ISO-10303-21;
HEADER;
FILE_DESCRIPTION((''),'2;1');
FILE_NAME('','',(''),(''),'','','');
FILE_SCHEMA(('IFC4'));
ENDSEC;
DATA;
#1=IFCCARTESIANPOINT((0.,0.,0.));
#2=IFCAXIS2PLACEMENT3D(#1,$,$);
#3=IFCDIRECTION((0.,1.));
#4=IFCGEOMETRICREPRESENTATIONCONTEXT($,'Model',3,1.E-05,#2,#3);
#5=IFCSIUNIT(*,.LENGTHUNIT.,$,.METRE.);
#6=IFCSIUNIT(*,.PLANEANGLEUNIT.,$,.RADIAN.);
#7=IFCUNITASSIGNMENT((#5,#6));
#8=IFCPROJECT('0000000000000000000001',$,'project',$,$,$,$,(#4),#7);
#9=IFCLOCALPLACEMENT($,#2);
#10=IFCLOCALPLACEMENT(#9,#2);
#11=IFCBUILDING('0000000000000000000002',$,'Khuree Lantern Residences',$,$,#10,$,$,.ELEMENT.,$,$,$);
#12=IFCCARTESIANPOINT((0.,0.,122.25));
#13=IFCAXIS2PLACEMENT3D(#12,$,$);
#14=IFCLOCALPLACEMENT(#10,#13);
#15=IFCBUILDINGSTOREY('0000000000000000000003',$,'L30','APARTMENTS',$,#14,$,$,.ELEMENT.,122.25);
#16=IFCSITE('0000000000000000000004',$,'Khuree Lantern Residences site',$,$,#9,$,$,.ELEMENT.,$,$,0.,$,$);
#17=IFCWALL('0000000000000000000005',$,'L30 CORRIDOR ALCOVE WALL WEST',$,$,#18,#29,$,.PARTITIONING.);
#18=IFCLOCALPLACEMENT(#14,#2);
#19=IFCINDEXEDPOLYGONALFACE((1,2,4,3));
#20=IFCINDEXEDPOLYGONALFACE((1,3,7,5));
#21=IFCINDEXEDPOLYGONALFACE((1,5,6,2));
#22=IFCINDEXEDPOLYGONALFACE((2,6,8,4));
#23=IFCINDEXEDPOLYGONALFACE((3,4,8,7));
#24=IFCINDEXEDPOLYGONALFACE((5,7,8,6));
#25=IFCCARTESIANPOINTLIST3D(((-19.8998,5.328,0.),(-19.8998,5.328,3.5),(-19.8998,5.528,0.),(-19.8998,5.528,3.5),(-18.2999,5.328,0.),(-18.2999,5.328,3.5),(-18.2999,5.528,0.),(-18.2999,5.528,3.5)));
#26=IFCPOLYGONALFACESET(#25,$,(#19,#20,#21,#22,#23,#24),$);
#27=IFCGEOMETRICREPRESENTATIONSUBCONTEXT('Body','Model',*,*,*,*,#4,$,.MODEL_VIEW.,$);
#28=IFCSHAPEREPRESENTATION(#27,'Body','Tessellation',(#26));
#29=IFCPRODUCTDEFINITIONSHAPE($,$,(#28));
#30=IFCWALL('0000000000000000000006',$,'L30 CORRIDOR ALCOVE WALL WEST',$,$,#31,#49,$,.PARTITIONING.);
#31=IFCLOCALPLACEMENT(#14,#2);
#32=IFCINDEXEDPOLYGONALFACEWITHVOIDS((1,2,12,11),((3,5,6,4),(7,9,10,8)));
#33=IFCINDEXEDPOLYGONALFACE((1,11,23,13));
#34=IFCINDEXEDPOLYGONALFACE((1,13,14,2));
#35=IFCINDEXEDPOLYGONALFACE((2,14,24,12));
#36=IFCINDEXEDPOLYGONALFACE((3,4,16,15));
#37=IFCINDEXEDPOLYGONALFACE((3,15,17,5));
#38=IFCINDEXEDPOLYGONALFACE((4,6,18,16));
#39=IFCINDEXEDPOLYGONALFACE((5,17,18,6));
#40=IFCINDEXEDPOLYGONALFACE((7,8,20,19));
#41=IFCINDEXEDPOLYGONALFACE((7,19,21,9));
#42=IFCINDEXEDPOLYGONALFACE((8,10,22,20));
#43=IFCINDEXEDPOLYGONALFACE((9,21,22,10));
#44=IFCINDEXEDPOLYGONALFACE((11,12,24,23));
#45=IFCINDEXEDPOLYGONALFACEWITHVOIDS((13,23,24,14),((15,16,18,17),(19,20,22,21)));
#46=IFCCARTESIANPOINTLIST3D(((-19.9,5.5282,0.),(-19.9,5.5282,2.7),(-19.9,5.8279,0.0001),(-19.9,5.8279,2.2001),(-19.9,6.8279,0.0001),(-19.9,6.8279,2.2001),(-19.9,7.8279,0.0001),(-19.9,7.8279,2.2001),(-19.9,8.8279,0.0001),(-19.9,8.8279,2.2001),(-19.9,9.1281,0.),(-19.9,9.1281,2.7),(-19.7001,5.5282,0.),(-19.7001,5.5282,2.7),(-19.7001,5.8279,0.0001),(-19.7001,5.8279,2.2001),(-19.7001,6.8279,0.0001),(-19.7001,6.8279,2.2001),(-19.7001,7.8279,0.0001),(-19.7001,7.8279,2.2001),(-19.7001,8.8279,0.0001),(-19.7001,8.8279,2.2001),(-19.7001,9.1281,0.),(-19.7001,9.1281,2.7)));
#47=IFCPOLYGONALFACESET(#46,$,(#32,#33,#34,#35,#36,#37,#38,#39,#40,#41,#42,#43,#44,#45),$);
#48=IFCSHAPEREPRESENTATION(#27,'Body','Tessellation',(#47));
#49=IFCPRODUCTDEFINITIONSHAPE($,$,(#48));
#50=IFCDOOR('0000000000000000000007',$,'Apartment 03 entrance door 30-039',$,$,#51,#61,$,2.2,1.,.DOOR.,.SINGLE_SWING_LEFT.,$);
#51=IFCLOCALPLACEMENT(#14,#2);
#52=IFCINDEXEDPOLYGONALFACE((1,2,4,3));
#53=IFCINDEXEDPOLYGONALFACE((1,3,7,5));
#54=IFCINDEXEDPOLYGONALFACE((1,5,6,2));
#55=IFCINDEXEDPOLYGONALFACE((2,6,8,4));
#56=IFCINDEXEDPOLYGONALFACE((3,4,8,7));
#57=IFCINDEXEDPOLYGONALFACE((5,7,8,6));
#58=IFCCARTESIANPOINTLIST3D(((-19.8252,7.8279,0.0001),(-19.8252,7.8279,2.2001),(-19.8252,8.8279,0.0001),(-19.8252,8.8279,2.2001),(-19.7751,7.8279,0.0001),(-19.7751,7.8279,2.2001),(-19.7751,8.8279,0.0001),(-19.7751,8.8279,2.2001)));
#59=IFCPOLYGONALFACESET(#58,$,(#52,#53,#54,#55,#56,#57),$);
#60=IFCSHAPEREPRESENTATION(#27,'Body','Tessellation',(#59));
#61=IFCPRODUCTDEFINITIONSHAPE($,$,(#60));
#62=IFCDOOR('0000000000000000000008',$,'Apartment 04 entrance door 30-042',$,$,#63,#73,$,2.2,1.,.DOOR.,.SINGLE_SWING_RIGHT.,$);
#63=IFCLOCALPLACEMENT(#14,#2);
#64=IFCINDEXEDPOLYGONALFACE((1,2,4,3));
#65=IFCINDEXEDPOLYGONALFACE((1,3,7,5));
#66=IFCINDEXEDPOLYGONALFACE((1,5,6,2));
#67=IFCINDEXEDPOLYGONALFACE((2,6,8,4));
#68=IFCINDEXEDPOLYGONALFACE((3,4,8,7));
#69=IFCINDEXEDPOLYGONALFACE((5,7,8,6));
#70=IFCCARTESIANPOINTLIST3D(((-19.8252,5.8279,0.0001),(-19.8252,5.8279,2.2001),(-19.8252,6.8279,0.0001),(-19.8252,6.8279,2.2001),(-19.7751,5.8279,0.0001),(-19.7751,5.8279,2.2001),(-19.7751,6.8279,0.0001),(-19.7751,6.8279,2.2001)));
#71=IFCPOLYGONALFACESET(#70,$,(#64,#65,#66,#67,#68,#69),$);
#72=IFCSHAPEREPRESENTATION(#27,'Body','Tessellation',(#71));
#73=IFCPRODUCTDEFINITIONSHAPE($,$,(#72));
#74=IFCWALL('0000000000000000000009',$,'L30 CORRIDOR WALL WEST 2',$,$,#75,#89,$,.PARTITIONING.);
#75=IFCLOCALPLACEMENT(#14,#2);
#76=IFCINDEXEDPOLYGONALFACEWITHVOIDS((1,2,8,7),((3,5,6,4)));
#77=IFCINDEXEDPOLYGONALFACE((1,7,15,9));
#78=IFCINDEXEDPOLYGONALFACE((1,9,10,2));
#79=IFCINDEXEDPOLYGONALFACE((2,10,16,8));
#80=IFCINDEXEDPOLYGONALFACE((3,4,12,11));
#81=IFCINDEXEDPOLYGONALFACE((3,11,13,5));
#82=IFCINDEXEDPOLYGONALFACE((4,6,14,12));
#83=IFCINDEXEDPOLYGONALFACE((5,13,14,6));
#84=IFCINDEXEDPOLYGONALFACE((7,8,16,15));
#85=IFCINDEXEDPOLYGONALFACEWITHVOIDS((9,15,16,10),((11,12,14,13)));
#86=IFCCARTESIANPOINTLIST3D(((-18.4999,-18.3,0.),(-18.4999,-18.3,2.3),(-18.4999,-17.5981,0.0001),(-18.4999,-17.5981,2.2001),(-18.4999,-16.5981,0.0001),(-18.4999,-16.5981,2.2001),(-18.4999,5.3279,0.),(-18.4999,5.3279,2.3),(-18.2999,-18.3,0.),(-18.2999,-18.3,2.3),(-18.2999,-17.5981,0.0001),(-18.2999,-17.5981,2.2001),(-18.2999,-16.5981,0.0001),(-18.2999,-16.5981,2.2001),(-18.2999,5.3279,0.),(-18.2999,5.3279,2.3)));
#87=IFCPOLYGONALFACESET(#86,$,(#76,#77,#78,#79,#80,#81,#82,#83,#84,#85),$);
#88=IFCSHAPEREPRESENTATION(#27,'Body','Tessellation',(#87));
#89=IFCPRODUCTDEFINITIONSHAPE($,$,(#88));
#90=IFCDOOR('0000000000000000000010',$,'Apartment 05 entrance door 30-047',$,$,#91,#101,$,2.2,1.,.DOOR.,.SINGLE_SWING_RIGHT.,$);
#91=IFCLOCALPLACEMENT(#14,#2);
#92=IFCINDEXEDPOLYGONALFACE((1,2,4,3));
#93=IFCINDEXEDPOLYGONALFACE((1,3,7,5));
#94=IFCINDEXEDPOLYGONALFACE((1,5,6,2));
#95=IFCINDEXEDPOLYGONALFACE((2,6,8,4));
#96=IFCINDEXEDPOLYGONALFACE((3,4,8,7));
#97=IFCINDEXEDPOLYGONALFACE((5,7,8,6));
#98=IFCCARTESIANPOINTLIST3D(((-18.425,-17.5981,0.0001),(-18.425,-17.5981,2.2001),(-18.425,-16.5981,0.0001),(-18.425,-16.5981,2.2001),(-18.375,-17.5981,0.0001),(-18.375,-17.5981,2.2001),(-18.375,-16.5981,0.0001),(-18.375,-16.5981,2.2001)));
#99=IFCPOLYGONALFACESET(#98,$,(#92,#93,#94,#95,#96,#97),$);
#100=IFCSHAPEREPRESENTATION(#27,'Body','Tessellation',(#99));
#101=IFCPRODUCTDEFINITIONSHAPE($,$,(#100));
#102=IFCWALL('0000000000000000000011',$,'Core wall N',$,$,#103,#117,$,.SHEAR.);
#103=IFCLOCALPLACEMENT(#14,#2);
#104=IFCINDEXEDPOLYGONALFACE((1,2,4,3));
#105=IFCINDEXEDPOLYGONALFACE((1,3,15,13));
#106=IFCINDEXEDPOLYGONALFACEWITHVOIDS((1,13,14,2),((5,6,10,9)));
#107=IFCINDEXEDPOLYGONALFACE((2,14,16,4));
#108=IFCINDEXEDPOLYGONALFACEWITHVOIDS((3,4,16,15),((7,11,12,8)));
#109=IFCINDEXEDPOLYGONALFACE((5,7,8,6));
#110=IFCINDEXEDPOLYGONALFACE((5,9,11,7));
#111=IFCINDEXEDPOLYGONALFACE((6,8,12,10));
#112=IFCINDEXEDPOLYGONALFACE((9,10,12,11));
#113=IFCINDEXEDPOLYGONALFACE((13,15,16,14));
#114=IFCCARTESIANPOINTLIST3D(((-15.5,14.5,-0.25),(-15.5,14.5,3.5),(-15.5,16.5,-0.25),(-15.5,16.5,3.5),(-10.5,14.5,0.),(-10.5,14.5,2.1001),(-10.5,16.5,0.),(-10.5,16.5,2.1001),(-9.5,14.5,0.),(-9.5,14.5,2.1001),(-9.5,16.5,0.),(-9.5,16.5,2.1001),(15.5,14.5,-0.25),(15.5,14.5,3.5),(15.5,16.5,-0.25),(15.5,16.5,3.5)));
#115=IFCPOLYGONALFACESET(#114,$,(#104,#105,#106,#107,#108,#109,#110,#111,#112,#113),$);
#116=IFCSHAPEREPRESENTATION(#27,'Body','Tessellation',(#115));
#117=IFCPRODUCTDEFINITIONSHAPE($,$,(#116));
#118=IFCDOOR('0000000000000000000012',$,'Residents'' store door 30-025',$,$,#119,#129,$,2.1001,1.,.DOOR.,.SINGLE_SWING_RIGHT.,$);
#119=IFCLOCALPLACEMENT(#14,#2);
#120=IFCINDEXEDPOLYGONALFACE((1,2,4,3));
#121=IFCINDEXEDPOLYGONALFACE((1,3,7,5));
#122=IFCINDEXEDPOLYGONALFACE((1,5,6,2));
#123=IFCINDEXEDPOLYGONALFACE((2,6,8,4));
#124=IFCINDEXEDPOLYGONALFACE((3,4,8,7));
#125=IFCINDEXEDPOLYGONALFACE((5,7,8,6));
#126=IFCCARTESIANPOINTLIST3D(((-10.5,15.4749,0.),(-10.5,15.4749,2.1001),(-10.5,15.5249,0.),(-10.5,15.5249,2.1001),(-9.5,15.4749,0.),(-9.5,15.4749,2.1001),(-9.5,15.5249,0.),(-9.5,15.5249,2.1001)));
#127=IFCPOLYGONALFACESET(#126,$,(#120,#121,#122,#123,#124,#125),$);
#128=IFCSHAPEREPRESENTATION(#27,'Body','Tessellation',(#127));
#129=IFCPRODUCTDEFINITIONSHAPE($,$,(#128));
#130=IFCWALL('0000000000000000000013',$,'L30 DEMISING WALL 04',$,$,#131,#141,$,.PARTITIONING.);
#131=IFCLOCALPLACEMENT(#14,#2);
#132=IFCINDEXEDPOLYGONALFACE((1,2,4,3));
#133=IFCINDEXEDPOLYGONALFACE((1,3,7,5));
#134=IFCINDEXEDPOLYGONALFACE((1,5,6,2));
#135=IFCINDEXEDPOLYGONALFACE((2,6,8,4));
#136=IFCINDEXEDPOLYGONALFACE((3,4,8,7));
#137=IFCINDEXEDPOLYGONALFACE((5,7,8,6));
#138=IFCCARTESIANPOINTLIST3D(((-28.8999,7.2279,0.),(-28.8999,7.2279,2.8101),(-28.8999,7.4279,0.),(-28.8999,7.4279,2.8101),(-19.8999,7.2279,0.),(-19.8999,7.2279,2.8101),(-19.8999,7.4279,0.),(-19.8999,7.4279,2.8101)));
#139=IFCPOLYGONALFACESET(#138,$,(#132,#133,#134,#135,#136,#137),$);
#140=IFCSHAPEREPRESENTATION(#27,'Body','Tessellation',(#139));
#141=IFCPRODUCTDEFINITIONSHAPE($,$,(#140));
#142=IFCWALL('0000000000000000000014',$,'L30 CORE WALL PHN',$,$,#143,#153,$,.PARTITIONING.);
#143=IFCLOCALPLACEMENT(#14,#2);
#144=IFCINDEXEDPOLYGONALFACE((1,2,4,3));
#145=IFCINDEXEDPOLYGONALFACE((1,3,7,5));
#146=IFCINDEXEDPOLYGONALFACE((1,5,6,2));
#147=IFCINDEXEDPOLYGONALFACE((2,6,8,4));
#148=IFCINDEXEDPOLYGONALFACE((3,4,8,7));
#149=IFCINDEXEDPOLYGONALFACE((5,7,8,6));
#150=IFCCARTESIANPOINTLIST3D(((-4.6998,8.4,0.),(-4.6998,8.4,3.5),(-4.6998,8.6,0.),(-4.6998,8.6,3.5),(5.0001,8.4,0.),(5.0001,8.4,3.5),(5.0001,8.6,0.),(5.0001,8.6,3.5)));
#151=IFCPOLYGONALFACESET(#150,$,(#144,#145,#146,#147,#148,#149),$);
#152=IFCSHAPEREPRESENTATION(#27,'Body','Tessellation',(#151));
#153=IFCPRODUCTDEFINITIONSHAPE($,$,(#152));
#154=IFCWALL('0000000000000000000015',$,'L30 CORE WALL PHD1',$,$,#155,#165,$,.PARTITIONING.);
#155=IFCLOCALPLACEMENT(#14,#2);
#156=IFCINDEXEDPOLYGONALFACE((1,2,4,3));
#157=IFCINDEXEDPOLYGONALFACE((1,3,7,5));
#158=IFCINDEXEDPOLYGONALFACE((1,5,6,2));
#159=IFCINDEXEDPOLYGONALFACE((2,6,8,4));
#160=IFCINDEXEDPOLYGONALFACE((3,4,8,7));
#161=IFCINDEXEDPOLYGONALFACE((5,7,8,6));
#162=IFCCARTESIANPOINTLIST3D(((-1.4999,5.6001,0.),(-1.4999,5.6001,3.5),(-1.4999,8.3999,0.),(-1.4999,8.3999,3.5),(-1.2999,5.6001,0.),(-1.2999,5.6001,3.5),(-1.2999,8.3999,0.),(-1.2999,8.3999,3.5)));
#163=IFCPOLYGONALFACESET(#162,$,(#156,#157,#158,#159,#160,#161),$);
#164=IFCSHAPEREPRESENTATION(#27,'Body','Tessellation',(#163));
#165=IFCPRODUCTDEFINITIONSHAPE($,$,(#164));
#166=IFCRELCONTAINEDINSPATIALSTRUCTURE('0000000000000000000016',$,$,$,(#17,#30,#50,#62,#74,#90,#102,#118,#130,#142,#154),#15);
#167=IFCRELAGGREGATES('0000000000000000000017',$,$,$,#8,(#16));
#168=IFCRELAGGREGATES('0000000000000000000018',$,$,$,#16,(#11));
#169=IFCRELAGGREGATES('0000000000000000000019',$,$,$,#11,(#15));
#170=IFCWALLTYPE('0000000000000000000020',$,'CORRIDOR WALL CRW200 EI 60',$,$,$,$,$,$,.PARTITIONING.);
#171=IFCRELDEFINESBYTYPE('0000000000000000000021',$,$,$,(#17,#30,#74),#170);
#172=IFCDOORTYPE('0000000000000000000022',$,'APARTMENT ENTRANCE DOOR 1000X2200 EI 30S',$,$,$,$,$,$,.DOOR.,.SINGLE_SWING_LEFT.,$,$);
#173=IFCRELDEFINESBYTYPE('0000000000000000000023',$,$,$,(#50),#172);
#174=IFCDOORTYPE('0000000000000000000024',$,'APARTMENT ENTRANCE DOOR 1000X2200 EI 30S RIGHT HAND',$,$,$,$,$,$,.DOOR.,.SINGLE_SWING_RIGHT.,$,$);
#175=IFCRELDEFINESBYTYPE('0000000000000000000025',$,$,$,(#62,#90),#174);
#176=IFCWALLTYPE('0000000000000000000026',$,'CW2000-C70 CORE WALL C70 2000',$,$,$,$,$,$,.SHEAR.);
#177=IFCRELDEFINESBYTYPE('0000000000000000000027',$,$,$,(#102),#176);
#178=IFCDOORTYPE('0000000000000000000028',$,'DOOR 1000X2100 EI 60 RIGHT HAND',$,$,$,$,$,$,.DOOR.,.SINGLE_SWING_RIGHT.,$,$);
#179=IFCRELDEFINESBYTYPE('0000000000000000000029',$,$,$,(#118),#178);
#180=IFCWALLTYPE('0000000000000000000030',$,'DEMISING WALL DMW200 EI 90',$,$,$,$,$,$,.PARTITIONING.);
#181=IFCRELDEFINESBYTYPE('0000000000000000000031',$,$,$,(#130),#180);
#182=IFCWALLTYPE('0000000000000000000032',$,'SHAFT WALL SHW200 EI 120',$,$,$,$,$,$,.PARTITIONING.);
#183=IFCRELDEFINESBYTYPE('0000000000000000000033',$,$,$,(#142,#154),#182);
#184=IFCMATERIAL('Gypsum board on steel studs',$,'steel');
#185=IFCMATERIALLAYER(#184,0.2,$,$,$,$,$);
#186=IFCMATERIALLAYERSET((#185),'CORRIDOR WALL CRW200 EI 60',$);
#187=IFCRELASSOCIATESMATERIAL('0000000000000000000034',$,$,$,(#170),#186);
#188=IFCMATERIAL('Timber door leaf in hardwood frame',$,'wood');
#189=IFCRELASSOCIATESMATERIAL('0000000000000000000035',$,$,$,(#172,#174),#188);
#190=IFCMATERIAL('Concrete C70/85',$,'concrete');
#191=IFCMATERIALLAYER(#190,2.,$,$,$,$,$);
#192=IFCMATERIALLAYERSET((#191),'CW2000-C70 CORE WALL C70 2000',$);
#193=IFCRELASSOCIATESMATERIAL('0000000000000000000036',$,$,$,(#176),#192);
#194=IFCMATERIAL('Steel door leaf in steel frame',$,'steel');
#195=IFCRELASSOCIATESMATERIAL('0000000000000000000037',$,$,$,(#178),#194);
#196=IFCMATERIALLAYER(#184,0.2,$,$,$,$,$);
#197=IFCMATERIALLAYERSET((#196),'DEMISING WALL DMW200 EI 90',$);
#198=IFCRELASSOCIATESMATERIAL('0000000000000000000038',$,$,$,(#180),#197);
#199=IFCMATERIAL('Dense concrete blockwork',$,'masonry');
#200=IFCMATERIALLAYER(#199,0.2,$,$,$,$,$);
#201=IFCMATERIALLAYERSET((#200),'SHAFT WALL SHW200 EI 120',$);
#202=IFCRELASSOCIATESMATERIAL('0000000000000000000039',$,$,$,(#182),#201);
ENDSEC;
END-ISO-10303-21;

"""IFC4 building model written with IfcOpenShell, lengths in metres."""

from ifc_helpers import new_model, si_unit, direction, frame, frame_2d, origin, place, context, subcontext, project, spatial, rectangle, extrude, material, layer, layer_set, type_object, element, fill, save


model = new_model("IFC4")

# Units and contexts
model_context = context("Model", 3, precision=1e-05, world=origin(), true_north=direction((0.0, 1.0)))
body_context = subcontext(model_context, "Body", "Model", "MODEL_VIEW")
ifc_project = project(units=[si_unit("LENGTHUNIT", "METRE"), si_unit("PLANEANGLEUNIT", "RADIAN")], contexts=[model_context])

# Site, building, storey
site_placement = place(None, origin())
site = spatial("IfcSite", under=ifc_project, at=site_placement, Name="Khuree Lantern Residences site", CompositionType="ELEMENT", RefElevation=0.0)
building_placement = place(site_placement, origin())
building = spatial("IfcBuilding", under=site, at=building_placement, Name="Khuree Lantern Residences", CompositionType="ELEMENT")
storey_placement = place(building_placement, frame((0.0, 0.0, 122.25)))
storey = spatial("IfcBuildingStorey", under=building, at=storey_placement, Name="L30", Description="APARTMENTS", CompositionType="ELEMENT", Elevation=122.25)

# Shared definitions
ifc_material_1 = material(Name="Concrete C70/85", Category="concrete")

# Shared definitions
ifc_material_2 = material(Name="Dense concrete blockwork", Category="masonry")

# Shared definitions
ifc_material_3 = material(Name="Steel door leaf in steel frame", Category="steel")
ifc_material_4 = material(Name="Timber door leaf in hardwood frame", Category="wood")

# Wall
ifc_material_5 = material(Name="Gypsum board on steel studs", Category="steel")
ifc_layer_1 = layer(ifc_material_5, 0.2)
ifc_layer_set_1 = layer_set([ifc_layer_1], Name="CORRIDOR WALL CRW200 EI 60")
wall_type_1 = type_object("IfcWallType", Name="CORRIDOR WALL CRW200 EI 60", PredefinedType="PARTITIONING", material=ifc_layer_set_1)
wall_1_placement = place(storey_placement, frame((-18.3, 5.428, 0.0), z_axis=(0.0, 0.0, 1.0), x_axis=(-1.0, 0.0, 0.0)))
element("IfcWall", 1, at=wall_1_placement, inside=storey, type_object=wall_type_1, Name="L30 CORRIDOR ALCOVE WALL WEST", PredefinedType="PARTITIONING", context=body_context, shape_type="SweptSolid", body=[
    extrude(rectangle(XDim=1.5999, YDim=0.2, at=frame_2d((0.7998, 0.0))), origin(), (0.0, 0.0, 1.0), 3.5),
])

# Wall, openings, doors
wall_2_placement = place(storey_placement, frame((-19.8, 9.1279, 0.0), z_axis=(0.0, 0.0, 1.0), x_axis=(0.0, -1.0, 0.0)))
wall_2 = element("IfcWall", 2, at=wall_2_placement, inside=storey, type_object=wall_type_1, Name="L30 CORRIDOR ALCOVE WALL WEST", PredefinedType="PARTITIONING", context=body_context, shape_type="SweptSolid", body=[
    extrude(rectangle(XDim=3.5999, YDim=0.2, at=frame_2d((1.7998, 0.0))), origin(), (0.0, 0.0, 1.0), 2.7),
])
opening_1_placement = place(wall_2_placement, frame((0.3, 0.0, 0.0)))
opening_1 = element("IfcOpeningElement", 3, at=opening_1_placement, cuts=wall_2, PredefinedType="OPENING", context=body_context, shape_type="SweptSolid", body=[
    extrude(rectangle(XDim=1.0, YDim=2.2, at=frame_2d((0.5, 1.1001))), frame((0.0, 0.1099, 0.0), z_axis=(0.0, -1.0, 0.0), x_axis=(1.0, 0.0, 0.0)), (0.0, 0.0, 1.0), 0.22),
])
opening_2_placement = place(wall_2_placement, frame((2.3, 0.0, 0.0)))
opening_2 = element("IfcOpeningElement", 4, at=opening_2_placement, cuts=wall_2, PredefinedType="OPENING", context=body_context, shape_type="SweptSolid", body=[
    extrude(rectangle(XDim=1.0, YDim=2.2, at=frame_2d((0.5, 1.1001))), frame((0.0, 0.1099, 0.0), z_axis=(0.0, -1.0, 0.0), x_axis=(1.0, 0.0, 0.0)), (0.0, 0.0, 1.0), 0.22),
])
door_type_1 = type_object("IfcDoorType", Name="APARTMENT ENTRANCE DOOR 1000X2200 EI 30S", OperationType="SINGLE_SWING_LEFT", PredefinedType="DOOR", material=ifc_material_4)
door_1_placement = place(opening_1_placement, origin())
door_1 = element("IfcDoor", 5, at=door_1_placement, inside=storey, type_object=door_type_1, Name="Apartment 03 entrance door 30-039", OperationType="SINGLE_SWING_LEFT", OverallHeight=2.2, OverallWidth=1.0, PredefinedType="DOOR", context=body_context, shape_type="SweptSolid", body=[
    extrude(rectangle(XDim=1.0, YDim=2.2, at=frame_2d((0.5, 1.1001))), frame((0.0, 0.0249, 0.0), z_axis=(0.0, -1.0, 0.0), x_axis=(1.0, 0.0, 0.0)), (0.0, 0.0, 1.0), 0.05),
])
fill(opening_1, door_1)
door_type_2 = type_object("IfcDoorType", Name="APARTMENT ENTRANCE DOOR 1000X2200 EI 30S RIGHT HAND", OperationType="SINGLE_SWING_RIGHT", PredefinedType="DOOR", material=ifc_material_4)
door_2_placement = place(opening_2_placement, origin())
door_2 = element("IfcDoor", 6, at=door_2_placement, inside=storey, type_object=door_type_2, Name="Apartment 04 entrance door 30-042", OperationType="SINGLE_SWING_RIGHT", OverallHeight=2.2, OverallWidth=1.0, PredefinedType="DOOR", context=body_context, shape_type="SweptSolid", body=[
    extrude(rectangle(XDim=1.0, YDim=2.2, at=frame_2d((0.5, 1.1001))), frame((0.0, 0.0249, 0.0), z_axis=(0.0, -1.0, 0.0), x_axis=(1.0, 0.0, 0.0)), (0.0, 0.0, 1.0), 0.05),
])
fill(opening_2, door_2)

# Walls, openings, doors
wall_3_placement = place(storey_placement, frame((-18.3999, 5.3279, 0.0), z_axis=(0.0, 0.0, 1.0), x_axis=(0.0, -1.0, 0.0)))
wall_3 = element("IfcWall", 7, at=wall_3_placement, inside=storey, type_object=wall_type_1, Name="L30 CORRIDOR WALL WEST 2", PredefinedType="PARTITIONING", context=body_context, shape_type="SweptSolid", body=[
    extrude(rectangle(XDim=23.6279, YDim=0.2, at=frame_2d((11.814, 0.0))), origin(), (0.0, 0.0, 1.0), 2.3),
])
opening_3_placement = place(wall_3_placement, frame((21.926, 0.0, 0.0)))
opening_3 = element("IfcOpeningElement", 8, at=opening_3_placement, cuts=wall_3, PredefinedType="OPENING", context=body_context, shape_type="SweptSolid", body=[
    extrude(rectangle(XDim=1.0, YDim=2.2, at=frame_2d((0.5, 1.1001))), frame((0.0, 0.1099, 0.0), z_axis=(0.0, -1.0, 0.0), x_axis=(1.0, 0.0, 0.0)), (0.0, 0.0, 1.0), 0.22),
])
door_3_placement = place(opening_3_placement, origin())
door_3 = element("IfcDoor", 9, at=door_3_placement, inside=storey, type_object=door_type_2, Name="Apartment 05 entrance door 30-047", OperationType="SINGLE_SWING_RIGHT", OverallHeight=2.2, OverallWidth=1.0, PredefinedType="DOOR", context=body_context, shape_type="SweptSolid", body=[
    extrude(rectangle(XDim=1.0, YDim=2.2, at=frame_2d((0.5, 1.1001))), frame((0.0, 0.0249, 0.0), z_axis=(0.0, -1.0, 0.0), x_axis=(1.0, 0.0, 0.0)), (0.0, 0.0, 1.0), 0.05),
])
fill(opening_3, door_3)
ifc_layer_2 = layer(ifc_material_1, 2.0)
ifc_layer_set_2 = layer_set([ifc_layer_2], Name="CW2000-C70 CORE WALL C70 2000")
wall_type_2 = type_object("IfcWallType", Name="CW2000-C70 CORE WALL C70 2000", PredefinedType="SHEAR", material=ifc_layer_set_2)
wall_4_placement = place(storey_placement, frame((-15.5, 15.5, -0.25), z_axis=(0.0, 0.0, 1.0), x_axis=(1.0, 0.0, 0.0)))
wall_4 = element("IfcWall", 10, at=wall_4_placement, inside=storey, type_object=wall_type_2, Name="Core wall N", PredefinedType="SHEAR", context=body_context, shape_type="SweptSolid", body=[
    extrude(rectangle(XDim=31.0, YDim=2.0, at=frame_2d((15.5, 0.0))), origin(), (0.0, 0.0, 1.0), 3.75),
])
opening_4_placement = place(wall_4_placement, frame((5.0, 0.0, 0.25)))
opening_4 = element("IfcOpeningElement", 11, at=opening_4_placement, cuts=wall_4, PredefinedType="OPENING", context=body_context, shape_type="SweptSolid", body=[
    extrude(rectangle(XDim=1.0, YDim=2.1001, at=frame_2d((0.5, 1.05))), frame((0.0, 1.01, 0.0), z_axis=(0.0, -1.0, 0.0), x_axis=(1.0, 0.0, 0.0)), (0.0, 0.0, 1.0), 2.02),
])
door_type_3 = type_object("IfcDoorType", Name="DOOR 1000X2100 EI 60 RIGHT HAND", OperationType="SINGLE_SWING_RIGHT", PredefinedType="DOOR", material=ifc_material_3)
door_4_placement = place(opening_4_placement, origin())
door_4 = element("IfcDoor", 12, at=door_4_placement, inside=storey, type_object=door_type_3, Name="Residents' store door 30-025", OperationType="SINGLE_SWING_RIGHT", OverallHeight=2.1001, OverallWidth=1.0, PredefinedType="DOOR", context=body_context, shape_type="SweptSolid", body=[
    extrude(rectangle(XDim=1.0, YDim=2.1001, at=frame_2d((0.5, 1.05))), frame((0.0, 0.0249, 0.0), z_axis=(0.0, -1.0, 0.0), x_axis=(1.0, 0.0, 0.0)), (0.0, 0.0, 1.0), 0.05),
])
fill(opening_4, door_4)

# Walls
ifc_layer_3 = layer(ifc_material_5, 0.2)
ifc_layer_set_3 = layer_set([ifc_layer_3], Name="DEMISING WALL DMW200 EI 90")
wall_type_3 = type_object("IfcWallType", Name="DEMISING WALL DMW200 EI 90", PredefinedType="PARTITIONING", material=ifc_layer_set_3)
wall_5_placement = place(storey_placement, frame((-19.8999, 7.3279, 0.0), z_axis=(0.0, 0.0, 1.0), x_axis=(-1.0, 0.0, 0.0)))
element("IfcWall", 13, at=wall_5_placement, inside=storey, type_object=wall_type_3, Name="L30 DEMISING WALL 04", PredefinedType="PARTITIONING", context=body_context, shape_type="SweptSolid", body=[
    extrude(rectangle(XDim=9.0, YDim=0.2, at=frame_2d((4.5, 0.0))), origin(), (0.0, 0.0, 1.0), 2.8101),
])
ifc_layer_4 = layer(ifc_material_2, 0.2)
ifc_layer_set_4 = layer_set([ifc_layer_4], Name="SHAFT WALL SHW200 EI 120")
wall_type_4 = type_object("IfcWallType", Name="SHAFT WALL SHW200 EI 120", PredefinedType="PARTITIONING", material=ifc_layer_set_4)
wall_6_placement = place(storey_placement, frame((-4.7, 8.5, 0.0), z_axis=(0.0, 0.0, 1.0), x_axis=(1.0, 0.0, 0.0)))
element("IfcWall", 14, at=wall_6_placement, inside=storey, type_object=wall_type_4, Name="L30 CORE WALL PHN", PredefinedType="PARTITIONING", context=body_context, shape_type="SweptSolid", body=[
    extrude(rectangle(XDim=9.7, YDim=0.2, at=frame_2d((4.8501, 0.0))), origin(), (0.0, 0.0, 1.0), 3.5),
])
wall_7_placement = place(storey_placement, frame((-1.3999, 5.6001, 0.0), z_axis=(0.0, 0.0, 1.0), x_axis=(0.0, 1.0, 0.0)))
element("IfcWall", 15, at=wall_7_placement, inside=storey, type_object=wall_type_4, Name="L30 CORE WALL PHD1", PredefinedType="PARTITIONING", context=body_context, shape_type="SweptSolid", body=[
    extrude(rectangle(XDim=2.7998, YDim=0.2, at=frame_2d((1.3999, 0.0))), origin(), (0.0, 0.0, 1.0), 3.5),
])

save(model, "model.ifc")
